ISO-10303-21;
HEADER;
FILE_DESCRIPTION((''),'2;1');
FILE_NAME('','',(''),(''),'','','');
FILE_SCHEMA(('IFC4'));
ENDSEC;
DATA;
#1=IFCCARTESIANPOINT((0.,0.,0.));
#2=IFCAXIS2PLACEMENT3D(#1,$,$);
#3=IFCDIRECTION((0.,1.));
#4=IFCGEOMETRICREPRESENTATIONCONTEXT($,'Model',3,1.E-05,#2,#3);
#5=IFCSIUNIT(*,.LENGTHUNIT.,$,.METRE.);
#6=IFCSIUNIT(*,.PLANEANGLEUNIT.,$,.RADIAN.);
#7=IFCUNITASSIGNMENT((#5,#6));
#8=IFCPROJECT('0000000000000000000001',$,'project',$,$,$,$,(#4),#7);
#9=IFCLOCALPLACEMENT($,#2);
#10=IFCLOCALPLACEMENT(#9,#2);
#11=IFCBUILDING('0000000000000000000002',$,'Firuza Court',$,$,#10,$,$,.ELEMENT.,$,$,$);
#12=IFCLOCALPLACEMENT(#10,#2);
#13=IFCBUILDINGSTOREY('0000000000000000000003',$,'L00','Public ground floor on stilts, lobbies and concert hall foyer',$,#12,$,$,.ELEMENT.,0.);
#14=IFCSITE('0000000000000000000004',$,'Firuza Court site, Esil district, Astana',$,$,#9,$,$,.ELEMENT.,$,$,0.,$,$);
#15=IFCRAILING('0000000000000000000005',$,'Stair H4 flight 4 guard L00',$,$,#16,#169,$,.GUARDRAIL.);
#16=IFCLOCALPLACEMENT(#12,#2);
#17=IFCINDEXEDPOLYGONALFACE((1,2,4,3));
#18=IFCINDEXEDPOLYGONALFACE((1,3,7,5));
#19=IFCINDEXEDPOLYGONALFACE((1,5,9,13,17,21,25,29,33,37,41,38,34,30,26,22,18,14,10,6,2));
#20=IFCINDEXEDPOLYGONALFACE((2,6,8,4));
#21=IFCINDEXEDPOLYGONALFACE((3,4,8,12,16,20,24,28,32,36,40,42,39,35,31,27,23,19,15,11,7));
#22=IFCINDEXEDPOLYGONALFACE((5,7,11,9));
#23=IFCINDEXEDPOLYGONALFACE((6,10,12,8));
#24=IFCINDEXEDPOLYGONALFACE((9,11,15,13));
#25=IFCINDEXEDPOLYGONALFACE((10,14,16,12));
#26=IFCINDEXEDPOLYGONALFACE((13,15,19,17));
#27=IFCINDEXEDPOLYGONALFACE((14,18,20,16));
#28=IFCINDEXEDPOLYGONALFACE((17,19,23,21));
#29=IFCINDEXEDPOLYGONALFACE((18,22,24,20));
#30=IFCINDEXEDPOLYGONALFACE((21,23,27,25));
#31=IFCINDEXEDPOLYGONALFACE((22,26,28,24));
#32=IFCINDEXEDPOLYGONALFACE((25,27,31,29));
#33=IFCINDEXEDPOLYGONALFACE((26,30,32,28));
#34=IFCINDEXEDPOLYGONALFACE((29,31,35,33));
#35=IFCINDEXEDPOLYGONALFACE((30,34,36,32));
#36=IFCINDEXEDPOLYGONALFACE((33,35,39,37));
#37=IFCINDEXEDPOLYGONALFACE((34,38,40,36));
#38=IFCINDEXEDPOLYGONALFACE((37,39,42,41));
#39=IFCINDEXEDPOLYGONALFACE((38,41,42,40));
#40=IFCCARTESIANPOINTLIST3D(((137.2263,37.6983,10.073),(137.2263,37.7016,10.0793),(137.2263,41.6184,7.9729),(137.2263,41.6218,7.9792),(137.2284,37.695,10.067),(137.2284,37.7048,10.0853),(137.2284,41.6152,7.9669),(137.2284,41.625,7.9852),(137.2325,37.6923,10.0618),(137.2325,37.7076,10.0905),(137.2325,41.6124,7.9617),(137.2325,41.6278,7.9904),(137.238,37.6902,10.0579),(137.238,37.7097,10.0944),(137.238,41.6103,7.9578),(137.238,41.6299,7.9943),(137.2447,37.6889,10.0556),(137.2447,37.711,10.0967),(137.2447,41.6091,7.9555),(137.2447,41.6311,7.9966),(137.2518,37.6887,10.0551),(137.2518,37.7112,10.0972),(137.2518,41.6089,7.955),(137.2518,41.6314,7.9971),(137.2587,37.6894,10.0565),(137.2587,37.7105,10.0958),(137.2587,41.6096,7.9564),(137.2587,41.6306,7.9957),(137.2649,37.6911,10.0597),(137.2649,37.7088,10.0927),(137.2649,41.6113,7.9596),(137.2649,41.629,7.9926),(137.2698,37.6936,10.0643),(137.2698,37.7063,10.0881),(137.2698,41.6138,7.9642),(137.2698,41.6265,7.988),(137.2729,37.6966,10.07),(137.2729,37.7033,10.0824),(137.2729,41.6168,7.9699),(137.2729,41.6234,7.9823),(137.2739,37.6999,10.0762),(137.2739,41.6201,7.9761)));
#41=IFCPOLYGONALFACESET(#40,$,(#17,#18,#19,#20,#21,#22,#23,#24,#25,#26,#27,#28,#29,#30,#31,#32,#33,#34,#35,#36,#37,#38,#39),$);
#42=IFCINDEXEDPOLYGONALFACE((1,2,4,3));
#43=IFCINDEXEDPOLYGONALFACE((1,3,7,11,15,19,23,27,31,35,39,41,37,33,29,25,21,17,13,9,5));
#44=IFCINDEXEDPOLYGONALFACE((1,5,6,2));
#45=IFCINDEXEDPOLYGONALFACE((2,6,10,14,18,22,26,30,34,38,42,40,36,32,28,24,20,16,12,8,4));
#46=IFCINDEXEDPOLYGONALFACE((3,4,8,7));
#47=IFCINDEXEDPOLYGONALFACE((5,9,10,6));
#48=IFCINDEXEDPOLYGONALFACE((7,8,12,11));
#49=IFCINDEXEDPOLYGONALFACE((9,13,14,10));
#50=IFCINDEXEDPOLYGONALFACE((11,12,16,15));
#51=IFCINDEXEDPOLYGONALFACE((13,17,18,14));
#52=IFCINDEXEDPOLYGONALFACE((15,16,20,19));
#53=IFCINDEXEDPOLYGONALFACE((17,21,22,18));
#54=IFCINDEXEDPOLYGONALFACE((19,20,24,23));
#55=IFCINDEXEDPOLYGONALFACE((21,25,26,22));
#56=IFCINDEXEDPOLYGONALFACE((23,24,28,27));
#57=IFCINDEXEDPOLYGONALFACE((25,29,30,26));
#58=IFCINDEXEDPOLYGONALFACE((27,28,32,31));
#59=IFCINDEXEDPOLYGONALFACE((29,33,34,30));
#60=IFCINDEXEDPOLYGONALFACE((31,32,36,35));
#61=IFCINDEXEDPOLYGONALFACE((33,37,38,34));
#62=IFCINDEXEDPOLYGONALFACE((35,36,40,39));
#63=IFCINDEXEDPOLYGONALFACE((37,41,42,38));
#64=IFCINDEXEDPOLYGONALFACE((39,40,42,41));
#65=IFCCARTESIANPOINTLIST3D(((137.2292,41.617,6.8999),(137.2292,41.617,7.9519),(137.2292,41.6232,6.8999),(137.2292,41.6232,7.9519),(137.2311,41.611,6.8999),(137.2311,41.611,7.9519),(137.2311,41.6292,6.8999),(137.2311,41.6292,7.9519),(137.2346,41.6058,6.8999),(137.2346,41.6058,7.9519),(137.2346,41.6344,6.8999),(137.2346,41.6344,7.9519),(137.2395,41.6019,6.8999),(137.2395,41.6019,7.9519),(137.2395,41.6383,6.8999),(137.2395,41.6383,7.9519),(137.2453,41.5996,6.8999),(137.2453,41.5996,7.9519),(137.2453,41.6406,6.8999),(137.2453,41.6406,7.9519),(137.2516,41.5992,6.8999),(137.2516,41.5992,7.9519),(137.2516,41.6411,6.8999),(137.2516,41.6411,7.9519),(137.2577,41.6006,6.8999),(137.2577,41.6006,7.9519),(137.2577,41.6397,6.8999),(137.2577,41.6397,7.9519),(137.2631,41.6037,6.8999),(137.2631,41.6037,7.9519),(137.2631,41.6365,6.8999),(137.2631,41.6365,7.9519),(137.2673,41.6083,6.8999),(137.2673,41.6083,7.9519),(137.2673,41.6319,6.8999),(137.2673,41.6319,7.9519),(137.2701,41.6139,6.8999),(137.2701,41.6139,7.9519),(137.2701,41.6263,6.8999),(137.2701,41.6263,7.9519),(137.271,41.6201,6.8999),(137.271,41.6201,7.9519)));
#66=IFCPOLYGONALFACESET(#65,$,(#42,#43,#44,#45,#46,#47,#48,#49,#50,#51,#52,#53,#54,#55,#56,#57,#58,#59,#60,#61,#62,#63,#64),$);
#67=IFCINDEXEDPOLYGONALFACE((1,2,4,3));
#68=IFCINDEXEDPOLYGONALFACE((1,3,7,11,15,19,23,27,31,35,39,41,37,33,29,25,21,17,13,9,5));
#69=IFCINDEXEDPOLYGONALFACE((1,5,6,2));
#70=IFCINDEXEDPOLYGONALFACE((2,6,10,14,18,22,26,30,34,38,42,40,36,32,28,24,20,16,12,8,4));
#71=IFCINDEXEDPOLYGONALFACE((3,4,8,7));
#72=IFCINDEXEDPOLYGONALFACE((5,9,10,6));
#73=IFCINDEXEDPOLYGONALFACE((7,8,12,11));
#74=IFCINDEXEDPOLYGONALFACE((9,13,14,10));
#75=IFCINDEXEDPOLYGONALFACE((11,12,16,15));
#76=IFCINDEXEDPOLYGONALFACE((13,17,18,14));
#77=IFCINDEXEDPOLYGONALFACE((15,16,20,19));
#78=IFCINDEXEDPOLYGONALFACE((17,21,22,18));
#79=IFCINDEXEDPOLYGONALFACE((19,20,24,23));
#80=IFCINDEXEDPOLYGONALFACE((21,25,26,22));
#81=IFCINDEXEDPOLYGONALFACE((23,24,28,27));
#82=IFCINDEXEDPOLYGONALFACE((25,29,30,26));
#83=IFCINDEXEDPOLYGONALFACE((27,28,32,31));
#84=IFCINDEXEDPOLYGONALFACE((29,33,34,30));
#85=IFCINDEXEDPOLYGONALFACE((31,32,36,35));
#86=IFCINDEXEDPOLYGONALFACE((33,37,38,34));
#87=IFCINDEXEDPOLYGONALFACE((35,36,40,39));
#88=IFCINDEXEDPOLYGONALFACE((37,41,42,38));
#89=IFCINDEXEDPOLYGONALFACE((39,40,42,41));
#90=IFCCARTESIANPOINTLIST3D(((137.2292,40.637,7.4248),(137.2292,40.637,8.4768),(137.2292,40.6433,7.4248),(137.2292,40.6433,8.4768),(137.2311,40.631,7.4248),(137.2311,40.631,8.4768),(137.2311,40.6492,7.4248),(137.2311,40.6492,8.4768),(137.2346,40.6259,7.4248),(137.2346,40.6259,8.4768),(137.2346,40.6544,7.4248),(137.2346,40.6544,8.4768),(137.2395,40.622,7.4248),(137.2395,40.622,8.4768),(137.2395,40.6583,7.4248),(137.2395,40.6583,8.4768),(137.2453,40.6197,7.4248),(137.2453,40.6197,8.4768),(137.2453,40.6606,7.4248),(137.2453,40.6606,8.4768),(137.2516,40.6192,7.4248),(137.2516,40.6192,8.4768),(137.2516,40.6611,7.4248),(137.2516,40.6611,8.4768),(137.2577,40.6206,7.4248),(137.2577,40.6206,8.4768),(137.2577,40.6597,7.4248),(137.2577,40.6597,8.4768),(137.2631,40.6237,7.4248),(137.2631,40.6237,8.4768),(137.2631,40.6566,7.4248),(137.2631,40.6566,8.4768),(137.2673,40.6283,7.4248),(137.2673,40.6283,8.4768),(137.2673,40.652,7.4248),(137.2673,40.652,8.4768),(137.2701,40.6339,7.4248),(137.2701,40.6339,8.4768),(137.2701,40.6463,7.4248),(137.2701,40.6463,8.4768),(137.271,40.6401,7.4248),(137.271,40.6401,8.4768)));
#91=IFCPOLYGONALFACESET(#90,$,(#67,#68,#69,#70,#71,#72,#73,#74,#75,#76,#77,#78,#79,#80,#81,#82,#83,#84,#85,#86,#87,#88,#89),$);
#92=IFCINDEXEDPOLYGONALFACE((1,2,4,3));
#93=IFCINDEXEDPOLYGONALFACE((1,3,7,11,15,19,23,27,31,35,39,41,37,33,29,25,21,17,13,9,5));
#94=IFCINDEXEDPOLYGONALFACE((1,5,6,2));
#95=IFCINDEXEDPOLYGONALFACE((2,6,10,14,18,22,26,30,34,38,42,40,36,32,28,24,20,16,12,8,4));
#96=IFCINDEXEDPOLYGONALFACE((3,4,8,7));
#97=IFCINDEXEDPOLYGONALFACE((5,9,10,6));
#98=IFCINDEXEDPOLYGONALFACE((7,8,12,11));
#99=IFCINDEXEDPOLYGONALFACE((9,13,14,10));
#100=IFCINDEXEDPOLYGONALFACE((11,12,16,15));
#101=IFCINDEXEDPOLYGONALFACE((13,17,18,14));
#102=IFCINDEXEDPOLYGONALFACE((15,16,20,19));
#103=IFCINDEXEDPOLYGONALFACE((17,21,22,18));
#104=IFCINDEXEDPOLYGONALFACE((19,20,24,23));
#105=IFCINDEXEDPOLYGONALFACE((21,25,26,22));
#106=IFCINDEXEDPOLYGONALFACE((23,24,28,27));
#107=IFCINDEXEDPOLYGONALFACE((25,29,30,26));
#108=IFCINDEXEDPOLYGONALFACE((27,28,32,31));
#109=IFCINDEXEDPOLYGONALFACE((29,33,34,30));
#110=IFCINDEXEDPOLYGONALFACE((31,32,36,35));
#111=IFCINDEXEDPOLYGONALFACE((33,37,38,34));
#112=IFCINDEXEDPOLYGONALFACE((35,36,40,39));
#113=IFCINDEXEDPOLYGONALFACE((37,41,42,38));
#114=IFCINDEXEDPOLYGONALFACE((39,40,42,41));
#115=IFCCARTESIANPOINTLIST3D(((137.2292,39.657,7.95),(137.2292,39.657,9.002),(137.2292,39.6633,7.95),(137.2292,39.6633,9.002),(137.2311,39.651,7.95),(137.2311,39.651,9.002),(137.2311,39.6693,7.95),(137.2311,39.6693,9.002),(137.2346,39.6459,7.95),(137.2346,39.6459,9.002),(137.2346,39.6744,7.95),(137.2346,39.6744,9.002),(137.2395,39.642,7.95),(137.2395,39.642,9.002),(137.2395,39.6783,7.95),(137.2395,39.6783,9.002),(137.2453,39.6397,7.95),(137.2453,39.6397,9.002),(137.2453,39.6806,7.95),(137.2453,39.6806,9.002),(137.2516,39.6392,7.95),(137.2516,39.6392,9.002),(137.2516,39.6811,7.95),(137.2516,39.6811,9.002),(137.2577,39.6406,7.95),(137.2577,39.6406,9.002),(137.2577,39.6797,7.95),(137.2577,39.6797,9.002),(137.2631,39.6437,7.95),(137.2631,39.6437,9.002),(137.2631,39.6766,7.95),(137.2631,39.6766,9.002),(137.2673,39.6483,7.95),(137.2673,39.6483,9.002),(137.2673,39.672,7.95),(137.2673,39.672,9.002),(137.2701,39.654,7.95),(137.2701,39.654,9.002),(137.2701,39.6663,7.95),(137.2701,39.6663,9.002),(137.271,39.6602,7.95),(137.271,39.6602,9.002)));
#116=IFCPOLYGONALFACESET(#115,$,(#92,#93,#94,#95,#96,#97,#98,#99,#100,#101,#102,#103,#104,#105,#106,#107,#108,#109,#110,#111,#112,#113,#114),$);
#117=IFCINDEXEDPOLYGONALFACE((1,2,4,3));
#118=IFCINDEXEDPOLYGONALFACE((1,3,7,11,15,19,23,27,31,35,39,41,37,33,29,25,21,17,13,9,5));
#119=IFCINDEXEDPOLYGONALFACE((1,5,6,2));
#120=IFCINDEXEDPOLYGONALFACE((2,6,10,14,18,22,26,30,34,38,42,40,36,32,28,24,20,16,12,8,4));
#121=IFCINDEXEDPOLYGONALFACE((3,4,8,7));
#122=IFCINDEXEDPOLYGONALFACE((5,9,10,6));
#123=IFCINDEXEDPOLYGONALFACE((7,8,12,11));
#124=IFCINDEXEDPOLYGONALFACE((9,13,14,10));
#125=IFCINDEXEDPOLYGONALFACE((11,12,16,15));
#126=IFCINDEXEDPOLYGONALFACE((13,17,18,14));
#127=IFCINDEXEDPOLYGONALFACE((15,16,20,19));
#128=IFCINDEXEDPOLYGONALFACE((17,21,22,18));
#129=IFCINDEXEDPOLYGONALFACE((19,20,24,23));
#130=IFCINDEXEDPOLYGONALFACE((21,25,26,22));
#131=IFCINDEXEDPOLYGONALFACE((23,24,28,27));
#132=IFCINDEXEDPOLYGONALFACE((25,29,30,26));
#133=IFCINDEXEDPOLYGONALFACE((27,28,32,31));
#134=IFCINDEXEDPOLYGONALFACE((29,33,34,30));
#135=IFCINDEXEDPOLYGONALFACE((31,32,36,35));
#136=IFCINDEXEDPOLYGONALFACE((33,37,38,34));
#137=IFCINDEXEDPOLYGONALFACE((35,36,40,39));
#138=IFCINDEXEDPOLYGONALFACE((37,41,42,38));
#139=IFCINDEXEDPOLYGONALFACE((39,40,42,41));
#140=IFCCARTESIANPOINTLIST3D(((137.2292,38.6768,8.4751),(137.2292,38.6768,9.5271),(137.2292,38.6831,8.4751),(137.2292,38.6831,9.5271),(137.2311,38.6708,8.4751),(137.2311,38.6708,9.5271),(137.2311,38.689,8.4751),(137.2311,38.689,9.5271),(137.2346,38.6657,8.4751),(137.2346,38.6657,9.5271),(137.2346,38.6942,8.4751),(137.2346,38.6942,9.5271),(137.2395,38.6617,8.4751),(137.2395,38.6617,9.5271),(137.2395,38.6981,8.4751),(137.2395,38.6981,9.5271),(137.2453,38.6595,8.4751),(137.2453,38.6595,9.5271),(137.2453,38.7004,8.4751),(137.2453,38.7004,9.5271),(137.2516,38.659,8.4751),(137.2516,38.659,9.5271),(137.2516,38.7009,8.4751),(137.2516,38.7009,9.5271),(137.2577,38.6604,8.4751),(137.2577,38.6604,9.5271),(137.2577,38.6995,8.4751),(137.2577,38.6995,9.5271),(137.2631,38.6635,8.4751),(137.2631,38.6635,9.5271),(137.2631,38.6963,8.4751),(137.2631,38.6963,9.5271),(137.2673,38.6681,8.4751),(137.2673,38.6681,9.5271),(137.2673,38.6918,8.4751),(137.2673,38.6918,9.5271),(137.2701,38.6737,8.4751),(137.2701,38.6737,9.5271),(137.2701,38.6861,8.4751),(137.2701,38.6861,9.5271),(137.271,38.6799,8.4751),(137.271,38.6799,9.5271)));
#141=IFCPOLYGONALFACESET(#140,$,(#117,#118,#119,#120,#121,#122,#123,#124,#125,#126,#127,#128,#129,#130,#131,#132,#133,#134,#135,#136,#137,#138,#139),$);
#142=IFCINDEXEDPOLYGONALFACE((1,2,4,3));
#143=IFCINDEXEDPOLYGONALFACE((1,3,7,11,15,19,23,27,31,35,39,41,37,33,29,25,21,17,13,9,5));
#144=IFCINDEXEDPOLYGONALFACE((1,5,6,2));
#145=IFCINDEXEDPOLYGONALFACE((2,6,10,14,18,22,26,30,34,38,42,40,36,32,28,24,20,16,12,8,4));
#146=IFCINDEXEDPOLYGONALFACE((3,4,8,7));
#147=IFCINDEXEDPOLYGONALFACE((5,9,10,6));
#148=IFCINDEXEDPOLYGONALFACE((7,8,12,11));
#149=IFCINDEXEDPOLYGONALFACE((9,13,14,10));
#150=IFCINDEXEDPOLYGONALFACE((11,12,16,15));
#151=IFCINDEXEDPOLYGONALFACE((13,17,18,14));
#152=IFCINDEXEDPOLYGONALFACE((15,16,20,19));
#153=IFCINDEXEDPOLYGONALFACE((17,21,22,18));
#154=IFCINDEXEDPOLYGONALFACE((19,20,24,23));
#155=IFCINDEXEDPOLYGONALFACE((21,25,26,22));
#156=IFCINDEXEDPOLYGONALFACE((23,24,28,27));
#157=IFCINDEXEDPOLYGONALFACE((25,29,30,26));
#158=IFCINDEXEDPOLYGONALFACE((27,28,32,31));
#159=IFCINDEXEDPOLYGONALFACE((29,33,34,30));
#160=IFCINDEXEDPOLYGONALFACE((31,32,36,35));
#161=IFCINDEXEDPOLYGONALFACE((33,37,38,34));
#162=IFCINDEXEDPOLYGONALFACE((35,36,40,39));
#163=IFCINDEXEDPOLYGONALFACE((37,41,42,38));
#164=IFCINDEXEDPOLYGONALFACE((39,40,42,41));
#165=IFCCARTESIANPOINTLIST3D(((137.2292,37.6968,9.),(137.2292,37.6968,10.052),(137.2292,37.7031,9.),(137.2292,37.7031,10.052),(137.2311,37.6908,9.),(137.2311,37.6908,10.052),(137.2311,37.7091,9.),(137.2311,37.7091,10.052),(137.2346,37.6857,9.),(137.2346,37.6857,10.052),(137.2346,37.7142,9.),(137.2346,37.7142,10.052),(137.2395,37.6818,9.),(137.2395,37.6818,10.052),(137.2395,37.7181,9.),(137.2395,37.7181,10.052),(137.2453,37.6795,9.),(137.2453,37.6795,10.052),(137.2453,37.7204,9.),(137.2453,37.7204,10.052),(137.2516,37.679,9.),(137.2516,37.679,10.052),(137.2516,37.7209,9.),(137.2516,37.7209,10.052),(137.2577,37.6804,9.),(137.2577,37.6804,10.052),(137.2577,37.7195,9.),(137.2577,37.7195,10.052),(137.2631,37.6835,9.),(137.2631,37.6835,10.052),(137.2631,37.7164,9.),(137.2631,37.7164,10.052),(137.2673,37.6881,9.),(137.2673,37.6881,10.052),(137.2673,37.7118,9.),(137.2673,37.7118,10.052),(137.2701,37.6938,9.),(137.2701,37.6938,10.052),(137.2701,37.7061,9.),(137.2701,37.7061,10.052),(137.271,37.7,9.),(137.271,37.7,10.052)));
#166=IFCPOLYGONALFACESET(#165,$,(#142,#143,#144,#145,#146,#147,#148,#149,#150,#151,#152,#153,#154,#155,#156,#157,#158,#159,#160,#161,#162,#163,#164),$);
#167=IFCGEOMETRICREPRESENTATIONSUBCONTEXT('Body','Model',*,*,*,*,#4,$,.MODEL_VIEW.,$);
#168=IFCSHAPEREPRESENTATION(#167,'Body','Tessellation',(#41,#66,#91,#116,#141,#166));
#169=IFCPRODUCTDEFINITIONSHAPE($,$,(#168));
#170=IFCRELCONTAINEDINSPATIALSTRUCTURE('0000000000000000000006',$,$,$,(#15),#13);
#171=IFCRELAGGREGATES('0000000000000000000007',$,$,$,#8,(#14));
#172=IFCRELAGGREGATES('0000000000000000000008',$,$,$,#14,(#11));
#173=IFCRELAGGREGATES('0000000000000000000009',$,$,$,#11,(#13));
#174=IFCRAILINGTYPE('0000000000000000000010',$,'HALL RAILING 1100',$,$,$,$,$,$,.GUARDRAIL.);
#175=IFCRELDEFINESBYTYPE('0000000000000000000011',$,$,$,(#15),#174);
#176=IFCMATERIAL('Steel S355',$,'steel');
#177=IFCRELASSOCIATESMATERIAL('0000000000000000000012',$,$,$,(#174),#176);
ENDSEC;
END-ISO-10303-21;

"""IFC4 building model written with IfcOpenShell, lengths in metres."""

from ifc_helpers import new_model, si_unit, direction, frame, origin, origin_2d, place, context, subcontext, project, spatial, circle, extrude, material, type_object, element, save


model = new_model("IFC4")

# Units and contexts
model_context = context("Model", 3, precision=1e-05, world=origin(), true_north=direction((0.0, 1.0)))
body_context = subcontext(model_context, "Body", "Model", "MODEL_VIEW")
ifc_project = project(units=[si_unit("LENGTHUNIT", "METRE"), si_unit("PLANEANGLEUNIT", "RADIAN")], contexts=[model_context])

# Site, building, storey
site_placement = place(None, origin())
site = spatial("IfcSite", under=ifc_project, at=site_placement, Name="Firuza Court site, Esil district, Astana", CompositionType="ELEMENT", RefElevation=0.0)
building_placement = place(site_placement, origin())
building = spatial("IfcBuilding", under=site, at=building_placement, Name="Firuza Court", CompositionType="ELEMENT")
storey_placement = place(building_placement, origin())
storey = spatial("IfcBuildingStorey", under=building, at=storey_placement, Name="L00", Description="Public ground floor on stilts, lobbies and concert hall foyer", CompositionType="ELEMENT", Elevation=0.0)

# Railing
ifc_material_1 = material(Name="Steel S355", Category="steel")
railing_type_1 = type_object("IfcRailingType", Name="HALL RAILING 1100", PredefinedType="GUARDRAIL", material=ifc_material_1)
railing_placement = place(storey_placement, frame((137.25, 41.6201, 6.8999)))
element("IfcRailing", 1, at=railing_placement, inside=storey, type_object=railing_type_1, Name="Stair H4 flight 4 guard L00", PredefinedType="GUARDRAIL", context=body_context, shape_type="SweptSolid", body=[
    extrude(circle(Radius=0.0239, at=origin_2d()), frame((0.0, 0.0, 1.0762), z_axis=(0.0, -0.881479, 0.472223), x_axis=(1.0, 0.0, 0.0)), (0.0, 0.0, 1.0), 4.4473),
    extrude(circle(Radius=0.021, at=origin_2d()), origin(), (0.0, 0.0, 1.0), 1.052),
    extrude(circle(Radius=0.021, at=origin_2d()), frame((0.0, -0.98, 0.5249)), (0.0, 0.0, 1.0), 1.052),
    extrude(circle(Radius=0.021, at=origin_2d()), frame((0.0, -1.96, 1.05)), (0.0, 0.0, 1.0), 1.052),
    extrude(circle(Radius=0.021, at=origin_2d()), frame((0.0, -2.9402, 1.5752)), (0.0, 0.0, 1.0), 1.052),
    extrude(circle(Radius=0.021, at=origin_2d()), frame((0.0, -3.9202, 2.1001)), (0.0, 0.0, 1.0), 1.052),
])

save(model, "model.ifc")
